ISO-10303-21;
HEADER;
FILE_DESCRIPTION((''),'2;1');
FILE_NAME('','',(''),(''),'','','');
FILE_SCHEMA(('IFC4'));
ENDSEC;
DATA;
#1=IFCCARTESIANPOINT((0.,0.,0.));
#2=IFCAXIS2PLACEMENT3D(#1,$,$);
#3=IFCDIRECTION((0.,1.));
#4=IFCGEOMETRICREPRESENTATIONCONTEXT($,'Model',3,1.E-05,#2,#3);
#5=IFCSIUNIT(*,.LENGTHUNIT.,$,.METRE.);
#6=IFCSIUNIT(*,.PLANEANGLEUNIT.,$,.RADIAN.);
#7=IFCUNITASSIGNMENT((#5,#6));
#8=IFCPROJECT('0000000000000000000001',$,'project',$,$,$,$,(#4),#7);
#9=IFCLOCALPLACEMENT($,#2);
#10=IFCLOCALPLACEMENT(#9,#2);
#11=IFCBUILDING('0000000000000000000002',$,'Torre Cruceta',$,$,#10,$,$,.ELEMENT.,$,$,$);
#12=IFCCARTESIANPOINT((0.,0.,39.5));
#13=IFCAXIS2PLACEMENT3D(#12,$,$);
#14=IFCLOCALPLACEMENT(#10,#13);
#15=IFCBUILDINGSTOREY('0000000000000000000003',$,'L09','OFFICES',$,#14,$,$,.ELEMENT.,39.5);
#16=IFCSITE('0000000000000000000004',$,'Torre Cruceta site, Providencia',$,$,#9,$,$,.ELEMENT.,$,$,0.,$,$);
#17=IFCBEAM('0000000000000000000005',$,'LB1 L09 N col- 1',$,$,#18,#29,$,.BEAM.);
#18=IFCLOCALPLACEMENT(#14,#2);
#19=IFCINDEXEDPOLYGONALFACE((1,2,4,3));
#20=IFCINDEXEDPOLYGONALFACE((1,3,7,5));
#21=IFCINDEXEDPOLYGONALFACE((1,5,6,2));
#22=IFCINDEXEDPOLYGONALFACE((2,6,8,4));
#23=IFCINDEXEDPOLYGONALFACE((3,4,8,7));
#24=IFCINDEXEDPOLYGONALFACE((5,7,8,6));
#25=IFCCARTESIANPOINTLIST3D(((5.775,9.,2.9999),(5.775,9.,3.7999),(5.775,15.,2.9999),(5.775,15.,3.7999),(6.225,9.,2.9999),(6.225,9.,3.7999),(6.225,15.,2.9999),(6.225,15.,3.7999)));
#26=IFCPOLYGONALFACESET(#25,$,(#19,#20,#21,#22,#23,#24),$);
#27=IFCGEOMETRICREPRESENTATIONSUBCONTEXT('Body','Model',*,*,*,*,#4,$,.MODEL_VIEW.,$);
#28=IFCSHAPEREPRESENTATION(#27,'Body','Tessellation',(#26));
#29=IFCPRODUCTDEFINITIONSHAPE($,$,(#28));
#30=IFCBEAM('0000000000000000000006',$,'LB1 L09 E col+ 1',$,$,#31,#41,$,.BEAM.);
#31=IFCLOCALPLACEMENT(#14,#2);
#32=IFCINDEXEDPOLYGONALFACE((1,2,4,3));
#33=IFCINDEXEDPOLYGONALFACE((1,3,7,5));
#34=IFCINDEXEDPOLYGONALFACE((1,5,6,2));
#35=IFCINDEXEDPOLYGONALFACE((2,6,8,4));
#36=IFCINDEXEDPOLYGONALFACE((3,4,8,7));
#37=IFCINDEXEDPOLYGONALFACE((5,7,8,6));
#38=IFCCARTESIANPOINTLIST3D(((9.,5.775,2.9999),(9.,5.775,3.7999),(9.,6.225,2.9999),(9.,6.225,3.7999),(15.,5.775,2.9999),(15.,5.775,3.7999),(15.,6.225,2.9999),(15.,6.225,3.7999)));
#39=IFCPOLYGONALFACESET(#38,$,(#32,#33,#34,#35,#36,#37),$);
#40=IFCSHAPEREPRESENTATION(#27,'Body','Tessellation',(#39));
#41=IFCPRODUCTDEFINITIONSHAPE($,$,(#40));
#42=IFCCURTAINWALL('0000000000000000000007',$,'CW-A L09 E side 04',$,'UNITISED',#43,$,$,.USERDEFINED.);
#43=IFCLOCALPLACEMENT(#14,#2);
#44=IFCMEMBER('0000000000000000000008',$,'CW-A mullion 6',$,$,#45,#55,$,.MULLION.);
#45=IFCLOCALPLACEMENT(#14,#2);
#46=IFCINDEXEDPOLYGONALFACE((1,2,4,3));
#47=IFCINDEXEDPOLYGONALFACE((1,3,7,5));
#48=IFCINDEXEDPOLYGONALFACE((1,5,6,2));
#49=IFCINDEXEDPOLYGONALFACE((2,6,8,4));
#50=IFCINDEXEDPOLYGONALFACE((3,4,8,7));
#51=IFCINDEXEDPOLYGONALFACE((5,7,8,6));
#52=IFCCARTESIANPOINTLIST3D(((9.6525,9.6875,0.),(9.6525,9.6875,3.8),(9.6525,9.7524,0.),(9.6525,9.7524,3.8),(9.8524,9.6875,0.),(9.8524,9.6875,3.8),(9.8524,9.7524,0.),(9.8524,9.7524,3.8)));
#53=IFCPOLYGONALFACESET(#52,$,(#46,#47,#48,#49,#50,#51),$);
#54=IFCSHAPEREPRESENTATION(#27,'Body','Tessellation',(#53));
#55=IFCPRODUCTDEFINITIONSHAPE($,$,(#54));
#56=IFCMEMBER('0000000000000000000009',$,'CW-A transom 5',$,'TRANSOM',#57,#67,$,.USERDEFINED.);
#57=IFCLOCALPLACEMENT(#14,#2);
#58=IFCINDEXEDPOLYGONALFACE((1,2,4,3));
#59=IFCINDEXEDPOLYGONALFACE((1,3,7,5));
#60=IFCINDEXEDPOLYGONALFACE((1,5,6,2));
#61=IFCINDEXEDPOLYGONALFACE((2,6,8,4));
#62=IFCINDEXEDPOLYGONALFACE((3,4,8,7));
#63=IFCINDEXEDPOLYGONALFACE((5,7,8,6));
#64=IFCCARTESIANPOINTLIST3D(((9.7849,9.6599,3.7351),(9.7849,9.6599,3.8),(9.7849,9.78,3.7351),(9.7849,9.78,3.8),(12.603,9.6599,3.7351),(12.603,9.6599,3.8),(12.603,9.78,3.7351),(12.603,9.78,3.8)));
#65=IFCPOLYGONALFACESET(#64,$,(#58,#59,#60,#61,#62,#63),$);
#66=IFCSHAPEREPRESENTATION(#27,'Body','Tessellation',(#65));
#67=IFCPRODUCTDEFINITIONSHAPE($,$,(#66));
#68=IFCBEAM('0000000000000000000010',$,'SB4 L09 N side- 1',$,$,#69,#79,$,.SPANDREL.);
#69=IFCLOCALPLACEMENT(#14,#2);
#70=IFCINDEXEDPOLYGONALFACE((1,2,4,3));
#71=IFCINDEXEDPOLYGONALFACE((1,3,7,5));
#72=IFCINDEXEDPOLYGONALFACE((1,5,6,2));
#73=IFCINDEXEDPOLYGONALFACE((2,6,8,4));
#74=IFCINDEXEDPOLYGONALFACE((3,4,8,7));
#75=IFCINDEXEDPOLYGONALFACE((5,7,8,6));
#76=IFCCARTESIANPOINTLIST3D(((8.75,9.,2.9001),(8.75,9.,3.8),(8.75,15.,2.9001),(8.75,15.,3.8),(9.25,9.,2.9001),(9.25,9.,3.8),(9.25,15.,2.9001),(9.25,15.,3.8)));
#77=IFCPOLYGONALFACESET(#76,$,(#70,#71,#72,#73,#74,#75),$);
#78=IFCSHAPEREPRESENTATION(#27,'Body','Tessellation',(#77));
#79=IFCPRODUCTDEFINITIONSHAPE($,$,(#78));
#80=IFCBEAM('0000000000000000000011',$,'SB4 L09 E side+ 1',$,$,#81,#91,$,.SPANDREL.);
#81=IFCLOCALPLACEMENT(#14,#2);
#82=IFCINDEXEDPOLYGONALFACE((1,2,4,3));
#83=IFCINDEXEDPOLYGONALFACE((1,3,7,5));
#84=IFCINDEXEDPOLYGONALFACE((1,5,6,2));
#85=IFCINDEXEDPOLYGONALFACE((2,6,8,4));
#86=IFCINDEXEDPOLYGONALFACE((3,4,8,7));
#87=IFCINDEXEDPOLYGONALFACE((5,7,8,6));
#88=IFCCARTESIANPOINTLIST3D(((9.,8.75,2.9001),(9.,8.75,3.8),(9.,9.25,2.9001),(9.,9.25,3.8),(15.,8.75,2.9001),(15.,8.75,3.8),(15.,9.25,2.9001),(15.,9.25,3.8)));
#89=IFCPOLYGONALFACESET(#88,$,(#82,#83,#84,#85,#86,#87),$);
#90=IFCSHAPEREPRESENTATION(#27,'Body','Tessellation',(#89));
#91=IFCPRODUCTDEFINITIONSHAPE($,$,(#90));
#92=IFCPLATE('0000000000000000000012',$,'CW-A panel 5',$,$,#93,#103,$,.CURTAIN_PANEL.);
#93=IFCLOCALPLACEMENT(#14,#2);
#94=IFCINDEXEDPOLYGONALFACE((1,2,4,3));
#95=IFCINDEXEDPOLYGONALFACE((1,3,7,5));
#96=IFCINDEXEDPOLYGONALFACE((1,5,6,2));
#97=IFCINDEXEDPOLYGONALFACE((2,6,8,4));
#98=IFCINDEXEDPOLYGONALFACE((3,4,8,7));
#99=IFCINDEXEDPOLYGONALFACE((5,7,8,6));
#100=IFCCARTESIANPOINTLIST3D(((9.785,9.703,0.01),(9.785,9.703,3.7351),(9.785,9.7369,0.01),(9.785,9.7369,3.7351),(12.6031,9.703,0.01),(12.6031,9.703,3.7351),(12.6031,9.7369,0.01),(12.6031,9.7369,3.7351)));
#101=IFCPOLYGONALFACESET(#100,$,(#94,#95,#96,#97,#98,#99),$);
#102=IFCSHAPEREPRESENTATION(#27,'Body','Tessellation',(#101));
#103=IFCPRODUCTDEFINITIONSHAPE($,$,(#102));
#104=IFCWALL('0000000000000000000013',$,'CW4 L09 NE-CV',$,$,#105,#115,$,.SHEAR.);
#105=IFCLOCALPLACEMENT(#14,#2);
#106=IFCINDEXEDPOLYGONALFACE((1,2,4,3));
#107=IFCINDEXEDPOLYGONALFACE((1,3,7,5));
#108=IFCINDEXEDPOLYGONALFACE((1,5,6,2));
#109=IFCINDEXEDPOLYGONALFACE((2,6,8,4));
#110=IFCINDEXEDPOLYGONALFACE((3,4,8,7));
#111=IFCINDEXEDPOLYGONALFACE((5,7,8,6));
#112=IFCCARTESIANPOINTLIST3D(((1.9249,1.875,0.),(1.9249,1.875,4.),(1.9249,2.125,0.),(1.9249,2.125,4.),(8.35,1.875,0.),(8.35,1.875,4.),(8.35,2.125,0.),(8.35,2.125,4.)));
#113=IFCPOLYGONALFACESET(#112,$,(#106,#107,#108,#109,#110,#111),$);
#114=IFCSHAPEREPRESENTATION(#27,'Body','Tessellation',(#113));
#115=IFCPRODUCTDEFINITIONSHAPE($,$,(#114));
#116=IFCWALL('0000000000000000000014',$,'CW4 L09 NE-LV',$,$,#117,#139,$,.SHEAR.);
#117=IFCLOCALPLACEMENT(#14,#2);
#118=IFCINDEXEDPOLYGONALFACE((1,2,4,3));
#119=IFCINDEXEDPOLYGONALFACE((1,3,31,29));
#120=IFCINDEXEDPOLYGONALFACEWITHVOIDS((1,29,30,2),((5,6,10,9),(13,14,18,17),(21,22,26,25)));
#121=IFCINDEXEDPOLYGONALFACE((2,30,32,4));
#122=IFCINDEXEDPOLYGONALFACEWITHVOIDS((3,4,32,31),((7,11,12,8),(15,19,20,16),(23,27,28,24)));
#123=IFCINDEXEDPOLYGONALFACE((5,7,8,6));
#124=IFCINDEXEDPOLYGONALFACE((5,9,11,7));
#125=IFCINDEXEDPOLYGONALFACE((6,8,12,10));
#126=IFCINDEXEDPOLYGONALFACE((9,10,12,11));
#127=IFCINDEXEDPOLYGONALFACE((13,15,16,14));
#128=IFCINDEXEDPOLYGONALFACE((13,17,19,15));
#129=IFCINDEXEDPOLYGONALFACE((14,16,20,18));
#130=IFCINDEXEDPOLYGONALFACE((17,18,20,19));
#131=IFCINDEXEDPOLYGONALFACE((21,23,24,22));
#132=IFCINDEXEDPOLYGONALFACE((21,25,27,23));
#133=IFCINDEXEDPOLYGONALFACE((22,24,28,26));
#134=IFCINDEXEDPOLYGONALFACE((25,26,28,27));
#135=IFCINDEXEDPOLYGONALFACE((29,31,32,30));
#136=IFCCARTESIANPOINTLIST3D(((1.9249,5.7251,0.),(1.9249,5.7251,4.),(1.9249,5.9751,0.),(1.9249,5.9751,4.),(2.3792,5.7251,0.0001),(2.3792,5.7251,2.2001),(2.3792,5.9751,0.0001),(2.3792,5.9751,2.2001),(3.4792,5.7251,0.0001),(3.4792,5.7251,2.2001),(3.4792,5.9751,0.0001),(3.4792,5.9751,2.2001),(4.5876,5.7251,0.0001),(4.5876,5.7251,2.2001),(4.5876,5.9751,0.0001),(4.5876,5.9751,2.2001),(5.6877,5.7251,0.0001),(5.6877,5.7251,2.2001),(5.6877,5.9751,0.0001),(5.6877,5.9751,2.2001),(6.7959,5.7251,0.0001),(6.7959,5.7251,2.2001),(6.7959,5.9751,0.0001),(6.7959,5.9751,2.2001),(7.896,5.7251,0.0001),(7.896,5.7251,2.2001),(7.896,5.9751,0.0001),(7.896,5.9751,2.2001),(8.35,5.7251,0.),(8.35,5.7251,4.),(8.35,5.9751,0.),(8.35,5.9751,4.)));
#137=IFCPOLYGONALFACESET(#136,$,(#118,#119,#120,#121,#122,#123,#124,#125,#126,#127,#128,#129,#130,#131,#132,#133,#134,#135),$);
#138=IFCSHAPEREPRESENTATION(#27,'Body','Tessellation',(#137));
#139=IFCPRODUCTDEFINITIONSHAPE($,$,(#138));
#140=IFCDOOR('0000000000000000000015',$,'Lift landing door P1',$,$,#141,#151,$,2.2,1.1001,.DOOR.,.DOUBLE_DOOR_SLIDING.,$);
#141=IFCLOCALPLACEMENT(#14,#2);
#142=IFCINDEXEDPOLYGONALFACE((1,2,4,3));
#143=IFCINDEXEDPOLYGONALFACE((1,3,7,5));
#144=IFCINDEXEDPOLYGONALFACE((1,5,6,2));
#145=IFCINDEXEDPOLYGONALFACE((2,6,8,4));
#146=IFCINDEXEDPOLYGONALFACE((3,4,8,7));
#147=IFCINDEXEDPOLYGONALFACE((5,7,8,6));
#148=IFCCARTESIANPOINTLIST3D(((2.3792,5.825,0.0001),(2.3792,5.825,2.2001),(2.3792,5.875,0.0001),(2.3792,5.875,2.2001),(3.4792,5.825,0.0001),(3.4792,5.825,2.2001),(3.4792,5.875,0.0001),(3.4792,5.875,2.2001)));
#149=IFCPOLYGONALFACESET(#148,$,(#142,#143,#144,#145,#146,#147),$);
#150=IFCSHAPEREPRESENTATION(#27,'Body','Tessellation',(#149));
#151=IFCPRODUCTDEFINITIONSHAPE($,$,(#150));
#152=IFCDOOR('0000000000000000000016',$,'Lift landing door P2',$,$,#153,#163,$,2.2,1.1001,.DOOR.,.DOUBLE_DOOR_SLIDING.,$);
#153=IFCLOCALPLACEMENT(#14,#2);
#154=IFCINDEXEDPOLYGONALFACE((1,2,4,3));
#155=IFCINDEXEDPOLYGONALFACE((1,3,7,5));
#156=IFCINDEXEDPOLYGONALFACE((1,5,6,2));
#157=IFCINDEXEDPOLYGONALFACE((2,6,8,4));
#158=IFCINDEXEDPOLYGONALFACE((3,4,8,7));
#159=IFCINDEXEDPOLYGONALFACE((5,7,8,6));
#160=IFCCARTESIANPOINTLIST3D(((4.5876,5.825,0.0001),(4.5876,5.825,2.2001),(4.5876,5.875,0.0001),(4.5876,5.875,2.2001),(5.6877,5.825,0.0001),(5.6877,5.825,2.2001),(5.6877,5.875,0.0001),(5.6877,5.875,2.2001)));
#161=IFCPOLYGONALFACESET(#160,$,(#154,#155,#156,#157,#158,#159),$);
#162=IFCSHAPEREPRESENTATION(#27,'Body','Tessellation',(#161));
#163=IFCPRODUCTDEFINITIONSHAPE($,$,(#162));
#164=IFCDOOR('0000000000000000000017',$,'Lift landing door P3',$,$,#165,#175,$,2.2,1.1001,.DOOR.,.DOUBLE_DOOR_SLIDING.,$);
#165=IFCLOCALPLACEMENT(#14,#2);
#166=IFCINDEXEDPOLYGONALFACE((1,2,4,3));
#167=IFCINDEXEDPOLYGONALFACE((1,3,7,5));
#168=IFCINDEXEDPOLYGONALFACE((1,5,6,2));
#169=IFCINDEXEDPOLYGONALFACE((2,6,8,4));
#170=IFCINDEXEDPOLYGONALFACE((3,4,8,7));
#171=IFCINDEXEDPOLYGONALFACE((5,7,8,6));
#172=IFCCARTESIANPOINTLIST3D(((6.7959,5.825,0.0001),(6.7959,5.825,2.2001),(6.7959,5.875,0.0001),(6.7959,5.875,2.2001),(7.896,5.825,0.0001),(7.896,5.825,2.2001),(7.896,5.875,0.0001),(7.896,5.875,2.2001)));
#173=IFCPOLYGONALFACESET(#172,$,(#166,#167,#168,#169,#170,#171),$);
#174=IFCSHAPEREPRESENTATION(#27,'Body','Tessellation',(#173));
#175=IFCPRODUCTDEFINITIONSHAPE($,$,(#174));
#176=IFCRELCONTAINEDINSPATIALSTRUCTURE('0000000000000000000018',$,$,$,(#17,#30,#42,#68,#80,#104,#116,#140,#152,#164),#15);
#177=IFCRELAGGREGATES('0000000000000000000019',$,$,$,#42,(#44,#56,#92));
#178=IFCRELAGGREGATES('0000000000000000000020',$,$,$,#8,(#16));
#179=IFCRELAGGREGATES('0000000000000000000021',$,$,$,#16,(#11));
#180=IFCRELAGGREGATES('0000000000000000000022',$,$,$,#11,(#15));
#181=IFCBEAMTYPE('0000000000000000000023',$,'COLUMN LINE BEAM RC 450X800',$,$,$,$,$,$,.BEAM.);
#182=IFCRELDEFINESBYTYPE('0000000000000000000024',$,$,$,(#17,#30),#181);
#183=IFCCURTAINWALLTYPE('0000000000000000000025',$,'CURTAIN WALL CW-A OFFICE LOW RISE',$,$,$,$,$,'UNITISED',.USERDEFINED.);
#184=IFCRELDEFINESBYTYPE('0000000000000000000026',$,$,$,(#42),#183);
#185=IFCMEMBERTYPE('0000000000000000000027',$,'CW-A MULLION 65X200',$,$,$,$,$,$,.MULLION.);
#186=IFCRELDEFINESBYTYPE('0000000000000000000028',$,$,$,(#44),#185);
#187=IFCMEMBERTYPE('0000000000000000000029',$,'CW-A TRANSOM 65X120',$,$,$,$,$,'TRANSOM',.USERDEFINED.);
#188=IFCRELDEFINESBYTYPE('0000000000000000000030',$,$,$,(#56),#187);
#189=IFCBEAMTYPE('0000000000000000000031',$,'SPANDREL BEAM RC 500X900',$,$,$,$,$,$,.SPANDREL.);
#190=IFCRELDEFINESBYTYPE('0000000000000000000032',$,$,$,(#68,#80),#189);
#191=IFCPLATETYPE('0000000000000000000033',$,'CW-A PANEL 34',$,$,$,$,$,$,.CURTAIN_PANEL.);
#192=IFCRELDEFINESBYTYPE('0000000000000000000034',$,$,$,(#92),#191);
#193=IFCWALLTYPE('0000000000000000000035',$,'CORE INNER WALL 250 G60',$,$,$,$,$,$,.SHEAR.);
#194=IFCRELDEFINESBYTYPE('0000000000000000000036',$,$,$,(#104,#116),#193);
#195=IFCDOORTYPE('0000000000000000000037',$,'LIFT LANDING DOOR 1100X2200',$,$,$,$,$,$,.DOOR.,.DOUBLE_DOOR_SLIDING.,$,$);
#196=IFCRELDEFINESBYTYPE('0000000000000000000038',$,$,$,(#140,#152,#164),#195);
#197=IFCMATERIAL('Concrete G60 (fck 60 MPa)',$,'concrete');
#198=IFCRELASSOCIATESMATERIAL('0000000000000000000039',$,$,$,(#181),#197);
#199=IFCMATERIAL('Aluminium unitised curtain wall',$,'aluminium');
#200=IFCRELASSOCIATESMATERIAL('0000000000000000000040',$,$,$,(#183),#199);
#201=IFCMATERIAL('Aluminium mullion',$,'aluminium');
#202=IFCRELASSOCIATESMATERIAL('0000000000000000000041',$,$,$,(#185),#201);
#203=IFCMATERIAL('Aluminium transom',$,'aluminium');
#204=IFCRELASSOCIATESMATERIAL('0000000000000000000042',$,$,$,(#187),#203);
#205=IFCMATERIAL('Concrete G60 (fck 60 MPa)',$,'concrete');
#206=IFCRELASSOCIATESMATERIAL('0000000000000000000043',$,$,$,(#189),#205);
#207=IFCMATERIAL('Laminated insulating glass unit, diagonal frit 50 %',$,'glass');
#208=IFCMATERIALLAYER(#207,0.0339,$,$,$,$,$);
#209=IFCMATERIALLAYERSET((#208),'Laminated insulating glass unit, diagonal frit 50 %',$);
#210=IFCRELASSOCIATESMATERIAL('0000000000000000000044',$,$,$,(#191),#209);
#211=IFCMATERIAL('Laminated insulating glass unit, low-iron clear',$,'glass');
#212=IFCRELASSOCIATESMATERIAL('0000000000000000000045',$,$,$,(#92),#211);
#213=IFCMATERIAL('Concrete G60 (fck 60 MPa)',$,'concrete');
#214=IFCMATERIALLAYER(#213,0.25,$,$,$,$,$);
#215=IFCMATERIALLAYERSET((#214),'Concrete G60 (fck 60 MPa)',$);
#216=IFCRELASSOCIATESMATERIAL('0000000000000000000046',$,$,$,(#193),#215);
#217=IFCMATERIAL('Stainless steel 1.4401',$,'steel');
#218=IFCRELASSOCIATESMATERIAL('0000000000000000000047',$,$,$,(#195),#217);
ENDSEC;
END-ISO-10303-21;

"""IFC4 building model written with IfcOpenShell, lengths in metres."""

from ifc_helpers import new_model, si_unit, direction, frame, frame_2d, origin, origin_2d, place, context, subcontext, project, spatial, rectangle, extrude, material, layer, layer_set, material_profile, profile_set, type_object, element, fill, aggregate, save


model = new_model("IFC4")

# Units and contexts
model_context = context("Model", 3, precision=1e-05, world=origin(), true_north=direction((0.0, 1.0)))
body_context = subcontext(model_context, "Body", "Model", "MODEL_VIEW")
ifc_project = project(units=[si_unit("LENGTHUNIT", "METRE"), si_unit("PLANEANGLEUNIT", "RADIAN")], contexts=[model_context])

# Site, building, storey
site_placement = place(None, origin())
site = spatial("IfcSite", under=ifc_project, at=site_placement, Name="Torre Cruceta site, Providencia", CompositionType="ELEMENT", RefElevation=0.0)
building_placement = place(site_placement, origin())
building = spatial("IfcBuilding", under=site, at=building_placement, Name="Torre Cruceta", CompositionType="ELEMENT")
storey_placement = place(building_placement, frame((0.0, 0.0, 39.5)))
storey = spatial("IfcBuildingStorey", under=building, at=storey_placement, Name="L09", Description="OFFICES", CompositionType="ELEMENT", Elevation=39.5)

# Beams
ifc_material_1 = material(Name="Concrete G60 (fck 60 MPa)", Category="concrete")
ifc_material_profile_1 = material_profile(ifc_material_1, rectangle(XDim=0.45, YDim=0.8, at=origin_2d()), Name="RC 450X800")
ifc_profile_set_1 = profile_set([ifc_material_profile_1], Name="Concrete G60 (fck 60 MPa)")
beam_type_1 = type_object("IfcBeamType", Name="COLUMN LINE BEAM RC 450X800", PredefinedType="BEAM", material=ifc_profile_set_1)
for number, where, z_axis, x_axis, name in (
    (1, (6.0, 9.0, 3.3999), (0.0, 1.0, 0.0), (-1.0, 0.0, 0.0), "LB1 L09 N col- 1"),
    (2, (9.0, 6.0, 3.3999), (1.0, 0.0, 0.0), (0.0, 1.0, 0.0), "LB1 L09 E col+ 1"),
):
    element("IfcBeam", number, at=place(storey_placement, frame(where, z_axis=z_axis, x_axis=x_axis)), inside=storey, type_object=beam_type_1, Name=name, PredefinedType="BEAM", context=body_context, shape_type="SweptSolid", body=[
        extrude(rectangle(XDim=0.45, YDim=0.8, at=origin_2d()), origin(), (0.0, 0.0, 1.0), 6.0),
    ])

# Curtain wall, members
ifc_material_2 = material(Name="Aluminium unitised curtain wall", Category="aluminium")
curtain_wall_type = type_object("IfcCurtainWallType", Name="CURTAIN WALL CW-A OFFICE LOW RISE", ElementType="UNITISED", PredefinedType="USERDEFINED", material=ifc_material_2)
curtain_wall_placement = place(storey_placement, origin())
curtain_wall = element("IfcCurtainWall", 3, at=curtain_wall_placement, inside=storey, type_object=curtain_wall_type, Name="CW-A L09 E side 04", ObjectType="UNITISED", PredefinedType="USERDEFINED")
ifc_material_3 = material(Name="Aluminium mullion", Category="aluminium")
ifc_material_profile_2 = material_profile(ifc_material_3, rectangle(XDim=0.0649, YDim=0.2, at=origin_2d()), Name="AL 65X200")
ifc_profile_set_2 = profile_set([ifc_material_profile_2], Name="Aluminium mullion")
member_type_1 = type_object("IfcMemberType", Name="CW-A MULLION 65X200", PredefinedType="MULLION", material=ifc_profile_set_2)
member_1_placement = place(storey_placement, frame((9.7524, 9.72, 0.0), z_axis=(0.0, 0.0, 1.0), x_axis=(0.0, -1.0, 0.0)))
member_1 = element("IfcMember", 4, at=member_1_placement, type_object=member_type_1, Name="CW-A mullion 6", PredefinedType="MULLION", context=body_context, shape_type="SweptSolid", body=[
    extrude(rectangle(XDim=0.0649, YDim=0.2, at=origin_2d()), origin(), (0.0, 0.0, 1.0), 3.8),
])
ifc_material_4 = material(Name="Aluminium transom", Category="aluminium")
ifc_material_profile_3 = material_profile(ifc_material_4, rectangle(XDim=0.1201, YDim=0.0649, at=origin_2d()), Name="AL 120X65")
ifc_profile_set_3 = profile_set([ifc_material_profile_3], Name="Aluminium transom")
member_type_2 = type_object("IfcMemberType", Name="CW-A TRANSOM 65X120", ElementType="TRANSOM", PredefinedType="USERDEFINED", material=ifc_profile_set_3)
member_2_placement = place(storey_placement, frame((12.603, 9.72, 3.7676), z_axis=(-1.0, 0.0, 0.0), x_axis=(0.0, -1.0, 0.0)))
member_2 = element("IfcMember", 5, at=member_2_placement, type_object=member_type_2, Name="CW-A transom 5", ObjectType="TRANSOM", PredefinedType="USERDEFINED", context=body_context, shape_type="SweptSolid", body=[
    extrude(rectangle(XDim=0.1201, YDim=0.0649, at=origin_2d()), origin(), (0.0, 0.0, 1.0), 2.8181),
])

# Beams
ifc_material_5 = material(Name="Concrete G60 (fck 60 MPa)", Category="concrete")
ifc_material_profile_4 = material_profile(ifc_material_5, rectangle(XDim=0.5, YDim=0.8999, at=origin_2d()), Name="RC 500X900")
ifc_profile_set_4 = profile_set([ifc_material_profile_4], Name="Concrete G60 (fck 60 MPa)")
beam_type_2 = type_object("IfcBeamType", Name="SPANDREL BEAM RC 500X900", PredefinedType="SPANDREL", material=ifc_profile_set_4)
for number, where, z_axis, x_axis, name in (
    (6, (9.0, 9.0, 3.3501), (0.0, 1.0, 0.0), (-1.0, 0.0, 0.0), "SB4 L09 N side- 1"),
    (7, (9.0, 9.0, 3.3501), (1.0, 0.0, 0.0), (0.0, 1.0, 0.0), "SB4 L09 E side+ 1"),
):
    element("IfcBeam", number, at=place(storey_placement, frame(where, z_axis=z_axis, x_axis=x_axis)), inside=storey, type_object=beam_type_2, Name=name, PredefinedType="SPANDREL", context=body_context, shape_type="SweptSolid", body=[
        extrude(rectangle(XDim=0.5, YDim=0.8999, at=origin_2d()), origin(), (0.0, 0.0, 1.0), 6.0),
    ])

# Plate
ifc_material_6 = material(Name="Laminated insulating glass unit, low-iron clear", Category="glass")
ifc_material_7 = material(Name="Laminated insulating glass unit, diagonal frit 50 %", Category="glass")
ifc_layer_1 = layer(ifc_material_7, 0.0339)
ifc_layer_set_1 = layer_set([ifc_layer_1], Name="Laminated insulating glass unit, diagonal frit 50 %")
plate_type = type_object("IfcPlateType", Name="CW-A PANEL 34", PredefinedType="CURTAIN_PANEL", material=ifc_layer_set_1)
plate_placement = place(storey_placement, frame((11.1941, 9.72, 0.01), z_axis=(0.0, 0.0, 1.0), x_axis=(-1.0, 0.0, 0.0)))
plate = element("IfcPlate", 8, at=plate_placement, type_object=plate_type, material=ifc_material_6, Name="CW-A panel 5", PredefinedType="CURTAIN_PANEL", context=body_context, shape_type="SweptSolid", body=[
    extrude(rectangle(XDim=2.8181, YDim=0.0339, at=origin_2d()), origin(), (0.0, 0.0, 1.0), 3.7251),
])
aggregate(curtain_wall, [member_1, member_2, plate])

# Shared definitions
ifc_material_8 = material(Name="Concrete G60 (fck 60 MPa)", Category="concrete")
ifc_layer_2 = layer(ifc_material_8, 0.25)
ifc_layer_set_2 = layer_set([ifc_layer_2], Name="Concrete G60 (fck 60 MPa)")
wall_type_1 = type_object("IfcWallType", Name="CORE INNER WALL 250 G60", PredefinedType="SHEAR", material=ifc_layer_set_2)

# Wall
wall_1_placement = place(storey_placement, frame((1.925, 2.0, 0.0), z_axis=(0.0, 0.0, 1.0), x_axis=(1.0, 0.0, 0.0)))
element("IfcWall", 9, at=wall_1_placement, inside=storey, type_object=wall_type_1, Name="CW4 L09 NE-CV", PredefinedType="SHEAR", context=body_context, shape_type="SweptSolid", body=[
    extrude(rectangle(XDim=6.425, YDim=0.25, at=frame_2d((3.2124, 0.0))), origin(), (0.0, 0.0, 1.0), 4.0),
])

# Wall, openings, doors
wall_2_placement = place(storey_placement, frame((1.925, 5.8501, 0.0), z_axis=(0.0, 0.0, 1.0), x_axis=(1.0, 0.0, 0.0)))
wall_2 = element("IfcWall", 10, at=wall_2_placement, inside=storey, type_object=wall_type_1, Name="CW4 L09 NE-LV", PredefinedType="SHEAR", context=body_context, shape_type="SweptSolid", body=[
    extrude(rectangle(XDim=6.425, YDim=0.25, at=frame_2d((3.2124, 0.0))), origin(), (0.0, 0.0, 1.0), 4.0),
])
opening_1_placement = place(wall_2_placement, frame((0.4541, 0.0, 0.0)))
opening_1 = element("IfcOpeningElement", 11, at=opening_1_placement, cuts=wall_2, PredefinedType="OPENING", context=body_context, shape_type="SweptSolid", body=[
    extrude(rectangle(XDim=1.1001, YDim=2.2, at=frame_2d((0.55, 1.1001))), frame((0.0, 0.135, 0.0), z_axis=(0.0, -1.0, 0.0), x_axis=(1.0, 0.0, 0.0)), (0.0, 0.0, 1.0), 0.27),
])
opening_2_placement = place(wall_2_placement, frame((2.6626, 0.0, 0.0)))
opening_2 = element("IfcOpeningElement", 12, at=opening_2_placement, cuts=wall_2, PredefinedType="OPENING", context=body_context, shape_type="SweptSolid", body=[
    extrude(rectangle(XDim=1.1001, YDim=2.2, at=frame_2d((0.55, 1.1001))), frame((0.0, 0.135, 0.0), z_axis=(0.0, -1.0, 0.0), x_axis=(1.0, 0.0, 0.0)), (0.0, 0.0, 1.0), 0.27),
])
opening_3_placement = place(wall_2_placement, frame((4.8708, 0.0, 0.0)))
opening_3 = element("IfcOpeningElement", 13, at=opening_3_placement, cuts=wall_2, PredefinedType="OPENING", context=body_context, shape_type="SweptSolid", body=[
    extrude(rectangle(XDim=1.1001, YDim=2.2, at=frame_2d((0.55, 1.1001))), frame((0.0, 0.135, 0.0), z_axis=(0.0, -1.0, 0.0), x_axis=(1.0, 0.0, 0.0)), (0.0, 0.0, 1.0), 0.27),
])
ifc_material_9 = material(Name="Stainless steel 1.4401", Category="steel")
door_type_1 = type_object("IfcDoorType", Name="LIFT LANDING DOOR 1100X2200", OperationType="DOUBLE_DOOR_SLIDING", PredefinedType="DOOR", material=ifc_material_9)
door_1_placement = place(opening_1_placement, origin())
door_1 = element("IfcDoor", 14, at=door_1_placement, inside=storey, type_object=door_type_1, Name="Lift landing door P1", OperationType="DOUBLE_DOOR_SLIDING", OverallHeight=2.2, OverallWidth=1.1001, PredefinedType="DOOR", context=body_context, shape_type="SweptSolid", body=[
    extrude(rectangle(XDim=1.1001, YDim=2.2, at=frame_2d((0.55, 1.1001))), frame((0.0, 0.0249, 0.0), z_axis=(0.0, -1.0, 0.0), x_axis=(1.0, 0.0, 0.0)), (0.0, 0.0, 1.0), 0.05),
])
fill(opening_1, door_1)
door_2_placement = place(opening_2_placement, origin())
door_2 = element("IfcDoor", 15, at=door_2_placement, inside=storey, type_object=door_type_1, Name="Lift landing door P2", OperationType="DOUBLE_DOOR_SLIDING", OverallHeight=2.2, OverallWidth=1.1001, PredefinedType="DOOR", context=body_context, shape_type="SweptSolid", body=[
    extrude(rectangle(XDim=1.1001, YDim=2.2, at=frame_2d((0.55, 1.1001))), frame((0.0, 0.0249, 0.0), z_axis=(0.0, -1.0, 0.0), x_axis=(1.0, 0.0, 0.0)), (0.0, 0.0, 1.0), 0.05),
])
fill(opening_2, door_2)
door_3_placement = place(opening_3_placement, origin())
door_3 = element("IfcDoor", 16, at=door_3_placement, inside=storey, type_object=door_type_1, Name="Lift landing door P3", OperationType="DOUBLE_DOOR_SLIDING", OverallHeight=2.2, OverallWidth=1.1001, PredefinedType="DOOR", context=body_context, shape_type="SweptSolid", body=[
    extrude(rectangle(XDim=1.1001, YDim=2.2, at=frame_2d((0.55, 1.1001))), frame((0.0, 0.0249, 0.0), z_axis=(0.0, -1.0, 0.0), x_axis=(1.0, 0.0, 0.0)), (0.0, 0.0, 1.0), 0.05),
])
fill(opening_3, door_3)

save(model, "model.ifc")
